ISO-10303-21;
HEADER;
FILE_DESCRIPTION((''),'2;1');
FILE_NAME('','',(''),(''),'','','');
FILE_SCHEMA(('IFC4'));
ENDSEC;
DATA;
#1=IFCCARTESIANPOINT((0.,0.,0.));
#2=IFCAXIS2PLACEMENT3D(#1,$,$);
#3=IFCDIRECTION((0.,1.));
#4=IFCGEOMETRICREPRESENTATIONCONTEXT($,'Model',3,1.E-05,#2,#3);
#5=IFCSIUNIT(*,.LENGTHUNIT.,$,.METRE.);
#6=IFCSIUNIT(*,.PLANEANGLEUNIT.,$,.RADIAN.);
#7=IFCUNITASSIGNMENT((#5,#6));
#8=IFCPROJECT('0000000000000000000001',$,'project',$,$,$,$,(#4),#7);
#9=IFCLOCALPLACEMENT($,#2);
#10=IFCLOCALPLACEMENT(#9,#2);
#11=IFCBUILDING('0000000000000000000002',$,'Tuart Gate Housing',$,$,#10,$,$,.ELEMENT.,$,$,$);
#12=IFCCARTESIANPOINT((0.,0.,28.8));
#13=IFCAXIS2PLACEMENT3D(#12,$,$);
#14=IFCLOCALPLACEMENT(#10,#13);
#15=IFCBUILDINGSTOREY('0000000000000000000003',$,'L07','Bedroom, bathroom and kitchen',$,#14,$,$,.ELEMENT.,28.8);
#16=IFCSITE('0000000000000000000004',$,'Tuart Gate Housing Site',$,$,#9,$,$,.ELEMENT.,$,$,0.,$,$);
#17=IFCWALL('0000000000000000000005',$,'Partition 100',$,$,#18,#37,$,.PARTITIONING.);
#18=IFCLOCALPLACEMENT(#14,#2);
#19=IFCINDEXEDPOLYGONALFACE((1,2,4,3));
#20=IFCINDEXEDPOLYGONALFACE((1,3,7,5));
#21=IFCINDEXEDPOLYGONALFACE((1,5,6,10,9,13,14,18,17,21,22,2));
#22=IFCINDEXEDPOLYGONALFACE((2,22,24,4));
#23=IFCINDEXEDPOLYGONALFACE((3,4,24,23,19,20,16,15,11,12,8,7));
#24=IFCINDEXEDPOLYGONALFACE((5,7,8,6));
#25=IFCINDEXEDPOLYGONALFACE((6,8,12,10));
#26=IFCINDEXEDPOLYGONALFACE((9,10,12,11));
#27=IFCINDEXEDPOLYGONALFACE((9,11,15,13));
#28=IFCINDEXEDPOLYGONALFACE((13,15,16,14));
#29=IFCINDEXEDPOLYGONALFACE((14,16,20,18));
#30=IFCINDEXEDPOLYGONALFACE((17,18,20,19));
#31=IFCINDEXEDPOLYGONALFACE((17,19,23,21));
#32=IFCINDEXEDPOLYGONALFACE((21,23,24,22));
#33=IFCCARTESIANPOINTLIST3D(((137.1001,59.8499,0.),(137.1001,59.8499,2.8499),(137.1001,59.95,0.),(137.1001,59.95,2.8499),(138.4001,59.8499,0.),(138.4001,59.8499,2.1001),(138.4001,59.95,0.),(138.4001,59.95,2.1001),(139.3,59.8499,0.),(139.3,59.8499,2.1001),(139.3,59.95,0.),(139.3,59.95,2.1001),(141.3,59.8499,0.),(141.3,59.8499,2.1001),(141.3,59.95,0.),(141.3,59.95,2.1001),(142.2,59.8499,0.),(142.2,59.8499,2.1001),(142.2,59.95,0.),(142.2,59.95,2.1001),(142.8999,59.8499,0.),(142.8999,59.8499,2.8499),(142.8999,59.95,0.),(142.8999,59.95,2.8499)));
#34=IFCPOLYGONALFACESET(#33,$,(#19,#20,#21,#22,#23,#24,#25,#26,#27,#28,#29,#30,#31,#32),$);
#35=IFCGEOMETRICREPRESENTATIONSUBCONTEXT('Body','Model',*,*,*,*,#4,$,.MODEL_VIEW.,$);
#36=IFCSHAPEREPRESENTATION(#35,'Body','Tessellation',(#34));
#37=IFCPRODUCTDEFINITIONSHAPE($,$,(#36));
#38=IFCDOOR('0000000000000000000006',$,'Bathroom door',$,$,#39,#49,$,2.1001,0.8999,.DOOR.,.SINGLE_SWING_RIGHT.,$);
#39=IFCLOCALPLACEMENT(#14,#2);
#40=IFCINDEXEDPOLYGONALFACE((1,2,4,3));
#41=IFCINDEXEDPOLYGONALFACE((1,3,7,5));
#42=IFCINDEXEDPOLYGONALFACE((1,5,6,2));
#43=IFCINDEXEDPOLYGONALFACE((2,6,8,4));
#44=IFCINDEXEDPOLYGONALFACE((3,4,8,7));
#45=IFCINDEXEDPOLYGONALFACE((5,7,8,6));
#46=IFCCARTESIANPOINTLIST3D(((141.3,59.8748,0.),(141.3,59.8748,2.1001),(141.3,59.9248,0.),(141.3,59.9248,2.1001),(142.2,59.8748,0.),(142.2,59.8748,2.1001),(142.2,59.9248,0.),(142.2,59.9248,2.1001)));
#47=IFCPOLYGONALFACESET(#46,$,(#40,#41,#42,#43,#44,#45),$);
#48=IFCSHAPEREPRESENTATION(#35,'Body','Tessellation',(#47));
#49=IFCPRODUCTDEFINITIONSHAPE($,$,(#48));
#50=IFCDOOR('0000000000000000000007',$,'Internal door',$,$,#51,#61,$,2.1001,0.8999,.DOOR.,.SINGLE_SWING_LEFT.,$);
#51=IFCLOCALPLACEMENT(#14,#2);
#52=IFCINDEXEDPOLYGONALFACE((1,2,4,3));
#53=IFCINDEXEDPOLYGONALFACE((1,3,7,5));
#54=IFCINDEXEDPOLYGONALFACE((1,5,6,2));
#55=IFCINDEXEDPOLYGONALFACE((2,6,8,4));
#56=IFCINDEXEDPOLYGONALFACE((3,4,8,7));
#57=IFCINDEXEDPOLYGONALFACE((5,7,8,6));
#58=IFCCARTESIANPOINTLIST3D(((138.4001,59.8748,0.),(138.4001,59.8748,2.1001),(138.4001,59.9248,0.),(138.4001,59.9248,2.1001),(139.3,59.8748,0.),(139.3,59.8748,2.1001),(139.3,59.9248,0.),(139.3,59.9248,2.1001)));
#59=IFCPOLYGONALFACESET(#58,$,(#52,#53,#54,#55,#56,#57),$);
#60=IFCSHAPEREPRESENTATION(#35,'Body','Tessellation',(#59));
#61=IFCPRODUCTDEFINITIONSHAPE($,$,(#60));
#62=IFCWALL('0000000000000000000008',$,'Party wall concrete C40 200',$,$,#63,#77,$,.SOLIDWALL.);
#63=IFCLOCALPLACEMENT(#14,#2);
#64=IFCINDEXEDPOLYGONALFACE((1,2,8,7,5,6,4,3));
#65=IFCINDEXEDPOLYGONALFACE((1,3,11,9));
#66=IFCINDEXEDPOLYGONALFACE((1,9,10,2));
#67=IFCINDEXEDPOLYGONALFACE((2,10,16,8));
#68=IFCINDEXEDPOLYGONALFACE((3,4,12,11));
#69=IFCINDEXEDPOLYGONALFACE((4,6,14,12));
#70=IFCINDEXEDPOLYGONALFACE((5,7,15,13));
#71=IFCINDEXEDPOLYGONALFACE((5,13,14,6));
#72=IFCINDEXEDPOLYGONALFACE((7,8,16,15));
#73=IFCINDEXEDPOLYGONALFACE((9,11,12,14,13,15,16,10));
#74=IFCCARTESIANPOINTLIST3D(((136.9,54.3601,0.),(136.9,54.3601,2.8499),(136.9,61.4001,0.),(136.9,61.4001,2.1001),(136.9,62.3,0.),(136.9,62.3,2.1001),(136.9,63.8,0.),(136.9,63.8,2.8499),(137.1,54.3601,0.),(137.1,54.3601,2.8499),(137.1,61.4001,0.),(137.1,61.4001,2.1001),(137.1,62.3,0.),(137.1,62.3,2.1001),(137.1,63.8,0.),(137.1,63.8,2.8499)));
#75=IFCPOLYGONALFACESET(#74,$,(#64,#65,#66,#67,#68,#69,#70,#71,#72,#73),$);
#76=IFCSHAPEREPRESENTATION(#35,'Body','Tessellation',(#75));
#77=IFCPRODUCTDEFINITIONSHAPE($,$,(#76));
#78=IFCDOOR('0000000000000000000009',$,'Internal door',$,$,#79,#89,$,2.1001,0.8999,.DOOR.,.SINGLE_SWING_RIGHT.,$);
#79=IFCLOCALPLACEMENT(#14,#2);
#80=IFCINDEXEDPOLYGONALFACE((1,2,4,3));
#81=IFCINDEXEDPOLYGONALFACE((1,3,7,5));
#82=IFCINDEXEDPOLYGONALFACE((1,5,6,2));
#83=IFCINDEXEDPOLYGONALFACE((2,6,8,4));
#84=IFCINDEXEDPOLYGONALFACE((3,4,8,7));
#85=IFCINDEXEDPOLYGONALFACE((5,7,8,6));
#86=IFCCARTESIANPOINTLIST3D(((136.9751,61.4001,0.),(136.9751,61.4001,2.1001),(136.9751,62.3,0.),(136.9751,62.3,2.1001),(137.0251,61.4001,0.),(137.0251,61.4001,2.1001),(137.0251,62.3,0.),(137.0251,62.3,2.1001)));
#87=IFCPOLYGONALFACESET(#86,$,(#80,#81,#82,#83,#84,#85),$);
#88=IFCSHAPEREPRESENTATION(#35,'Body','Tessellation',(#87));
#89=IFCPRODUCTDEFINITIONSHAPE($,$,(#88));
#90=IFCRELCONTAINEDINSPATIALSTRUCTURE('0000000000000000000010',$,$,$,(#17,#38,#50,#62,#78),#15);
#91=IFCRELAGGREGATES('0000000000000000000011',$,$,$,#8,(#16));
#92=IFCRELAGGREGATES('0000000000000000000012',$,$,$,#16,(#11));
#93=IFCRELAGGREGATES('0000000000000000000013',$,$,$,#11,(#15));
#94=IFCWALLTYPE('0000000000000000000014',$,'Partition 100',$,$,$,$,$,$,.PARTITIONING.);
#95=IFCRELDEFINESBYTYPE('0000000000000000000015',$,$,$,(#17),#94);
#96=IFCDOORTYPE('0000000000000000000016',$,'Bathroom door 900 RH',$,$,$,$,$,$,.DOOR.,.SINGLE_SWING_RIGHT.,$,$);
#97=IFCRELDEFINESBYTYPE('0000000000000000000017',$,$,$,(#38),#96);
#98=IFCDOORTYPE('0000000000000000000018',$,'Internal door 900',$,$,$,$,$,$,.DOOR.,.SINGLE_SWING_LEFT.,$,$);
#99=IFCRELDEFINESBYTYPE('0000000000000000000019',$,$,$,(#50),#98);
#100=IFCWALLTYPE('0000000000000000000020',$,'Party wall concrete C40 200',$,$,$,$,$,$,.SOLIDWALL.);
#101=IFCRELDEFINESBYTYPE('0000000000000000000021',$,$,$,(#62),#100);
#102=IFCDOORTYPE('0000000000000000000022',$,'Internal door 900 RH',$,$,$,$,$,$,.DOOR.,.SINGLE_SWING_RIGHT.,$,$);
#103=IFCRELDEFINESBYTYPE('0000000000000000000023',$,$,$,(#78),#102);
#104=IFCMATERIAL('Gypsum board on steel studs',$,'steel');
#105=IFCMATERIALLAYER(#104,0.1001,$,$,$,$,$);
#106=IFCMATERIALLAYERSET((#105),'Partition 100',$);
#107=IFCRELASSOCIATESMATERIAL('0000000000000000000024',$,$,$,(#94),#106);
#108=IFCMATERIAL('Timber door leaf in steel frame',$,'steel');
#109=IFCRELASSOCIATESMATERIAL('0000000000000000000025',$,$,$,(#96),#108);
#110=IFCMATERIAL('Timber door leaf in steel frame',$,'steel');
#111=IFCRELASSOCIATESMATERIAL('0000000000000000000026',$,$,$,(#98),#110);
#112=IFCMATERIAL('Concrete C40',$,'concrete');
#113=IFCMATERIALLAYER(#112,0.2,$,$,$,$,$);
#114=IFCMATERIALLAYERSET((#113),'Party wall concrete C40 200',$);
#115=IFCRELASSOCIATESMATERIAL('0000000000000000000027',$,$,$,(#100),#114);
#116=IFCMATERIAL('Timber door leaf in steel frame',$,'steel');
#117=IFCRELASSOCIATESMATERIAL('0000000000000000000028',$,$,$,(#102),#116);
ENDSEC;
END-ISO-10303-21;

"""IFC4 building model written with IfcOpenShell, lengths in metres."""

from ifc_helpers import new_model, si_unit, direction, frame, frame_2d, origin, place, context, subcontext, project, spatial, rectangle, extrude, material, layer, layer_set, type_object, element, fill, save


model = new_model("IFC4")

# Units and contexts
model_context = context("Model", 3, precision=1e-05, world=origin(), true_north=direction((0.0, 1.0)))
body_context = subcontext(model_context, "Body", "Model", "MODEL_VIEW")
ifc_project = project(units=[si_unit("LENGTHUNIT", "METRE"), si_unit("PLANEANGLEUNIT", "RADIAN")], contexts=[model_context])

# Site, building, storey
site_placement = place(None, origin())
site = spatial("IfcSite", under=ifc_project, at=site_placement, Name="Tuart Gate Housing Site", CompositionType="ELEMENT", RefElevation=0.0)
building_placement = place(site_placement, origin())
building = spatial("IfcBuilding", under=site, at=building_placement, Name="Tuart Gate Housing", CompositionType="ELEMENT")
storey_placement = place(building_placement, frame((0.0, 0.0, 28.8)))
storey = spatial("IfcBuildingStorey", under=building, at=storey_placement, Name="L07", Description="Bedroom, bathroom and kitchen", CompositionType="ELEMENT", Elevation=28.8)

# Wall, openings, doors
ifc_material_1 = material(Name="Gypsum board on steel studs", Category="steel")
ifc_layer_1 = layer(ifc_material_1, 0.1001)
ifc_layer_set_1 = layer_set([ifc_layer_1], Name="Partition 100")
wall_type_1 = type_object("IfcWallType", Name="Partition 100", PredefinedType="PARTITIONING", material=ifc_layer_set_1)
wall_1_placement = place(storey_placement, frame((137.1001, 59.8999, 0.0), z_axis=(0.0, 0.0, 1.0), x_axis=(1.0, 0.0, 0.0)))
wall_1 = element("IfcWall", 1, at=wall_1_placement, inside=storey, type_object=wall_type_1, Name="Partition 100", PredefinedType="PARTITIONING", context=body_context, shape_type="SweptSolid", body=[
    extrude(rectangle(XDim=5.7998, YDim=0.1001, at=frame_2d((2.8999, 0.0))), origin(), (0.0, 0.0, 1.0), 2.8499),
])
opening_1_placement = place(wall_1_placement, frame((1.3, 0.0, 0.0)))
opening_1 = element("IfcOpeningElement", 2, at=opening_1_placement, cuts=wall_1, PredefinedType="OPENING", context=body_context, shape_type="SweptSolid", body=[
    extrude(rectangle(XDim=0.8999, YDim=2.1001, at=frame_2d((0.45, 1.05))), frame((0.0, 0.0601, 0.0), z_axis=(0.0, -1.0, 0.0), x_axis=(1.0, 0.0, 0.0)), (0.0, 0.0, 1.0), 0.1201),
])
opening_2_placement = place(wall_1_placement, frame((4.2, 0.0, 0.0)))
opening_2 = element("IfcOpeningElement", 3, at=opening_2_placement, cuts=wall_1, PredefinedType="OPENING", context=body_context, shape_type="SweptSolid", body=[
    extrude(rectangle(XDim=0.8999, YDim=2.1001, at=frame_2d((0.45, 1.05))), frame((0.0, 0.0601, 0.0), z_axis=(0.0, -1.0, 0.0), x_axis=(1.0, 0.0, 0.0)), (0.0, 0.0, 1.0), 0.1201),
])
ifc_material_2 = material(Name="Timber door leaf in steel frame", Category="steel")
door_type_1 = type_object("IfcDoorType", Name="Bathroom door 900 RH", OperationType="SINGLE_SWING_RIGHT", PredefinedType="DOOR", material=ifc_material_2)
door_1_placement = place(opening_2_placement, frame((0.8999, 0.0, 0.0), z_axis=(0.0, 0.0, 1.0), x_axis=(-1.0, 0.0, 0.0)))
door_1 = element("IfcDoor", 4, at=door_1_placement, inside=storey, type_object=door_type_1, Name="Bathroom door", OperationType="SINGLE_SWING_RIGHT", OverallHeight=2.1001, OverallWidth=0.8999, PredefinedType="DOOR", context=body_context, shape_type="SweptSolid", body=[
    extrude(rectangle(XDim=0.8999, YDim=2.1001, at=frame_2d((0.45, 1.05))), frame((0.0, 0.0251, 0.0), z_axis=(0.0, -1.0, 0.0), x_axis=(1.0, 0.0, 0.0)), (0.0, 0.0, 1.0), 0.05),
])
fill(opening_2, door_1)
ifc_material_3 = material(Name="Timber door leaf in steel frame", Category="steel")
door_type_2 = type_object("IfcDoorType", Name="Internal door 900", OperationType="SINGLE_SWING_LEFT", PredefinedType="DOOR", material=ifc_material_3)
door_2_placement = place(opening_1_placement, frame((0.8999, 0.0, 0.0), z_axis=(0.0, 0.0, 1.0), x_axis=(-1.0, 0.0, 0.0)))
door_2 = element("IfcDoor", 5, at=door_2_placement, inside=storey, type_object=door_type_2, Name="Internal door", OperationType="SINGLE_SWING_LEFT", OverallHeight=2.1001, OverallWidth=0.8999, PredefinedType="DOOR", context=body_context, shape_type="SweptSolid", body=[
    extrude(rectangle(XDim=0.8999, YDim=2.1001, at=frame_2d((0.45, 1.05))), frame((0.0, 0.0251, 0.0), z_axis=(0.0, -1.0, 0.0), x_axis=(1.0, 0.0, 0.0)), (0.0, 0.0, 1.0), 0.05),
])
fill(opening_1, door_2)

# Wall, opening, door
ifc_material_4 = material(Name="Concrete C40", Category="concrete")
ifc_layer_2 = layer(ifc_material_4, 0.2)
ifc_layer_set_2 = layer_set([ifc_layer_2], Name="Party wall concrete C40 200")
wall_type_2 = type_object("IfcWallType", Name="Party wall concrete C40 200", PredefinedType="SOLIDWALL", material=ifc_layer_set_2)
wall_2_placement = place(storey_placement, frame((137.0, 54.3601, 0.0), z_axis=(0.0, 0.0, 1.0), x_axis=(0.0, 1.0, 0.0)))
wall_2 = element("IfcWall", 6, at=wall_2_placement, inside=storey, type_object=wall_type_2, Name="Party wall concrete C40 200", PredefinedType="SOLIDWALL", context=body_context, shape_type="SweptSolid", body=[
    extrude(rectangle(XDim=9.4399, YDim=0.2, at=frame_2d((4.72, 0.0))), origin(), (0.0, 0.0, 1.0), 2.8499),
])
opening_3_placement = place(wall_2_placement, frame((7.04, 0.0, 0.0)))
opening_3 = element("IfcOpeningElement", 7, at=opening_3_placement, cuts=wall_2, PredefinedType="OPENING", context=body_context, shape_type="SweptSolid", body=[
    extrude(rectangle(XDim=0.8999, YDim=2.1001, at=frame_2d((0.45, 1.05))), frame((0.0, 0.1099, 0.0), z_axis=(0.0, -1.0, 0.0), x_axis=(1.0, 0.0, 0.0)), (0.0, 0.0, 1.0), 0.22),
])
ifc_material_5 = material(Name="Timber door leaf in steel frame", Category="steel")
door_type_3 = type_object("IfcDoorType", Name="Internal door 900 RH", OperationType="SINGLE_SWING_RIGHT", PredefinedType="DOOR", material=ifc_material_5)
door_3_placement = place(opening_3_placement, frame((0.8999, 0.0, 0.0), z_axis=(0.0, 0.0, 1.0), x_axis=(-1.0, 0.0, 0.0)))
door_3 = element("IfcDoor", 8, at=door_3_placement, inside=storey, type_object=door_type_3, Name="Internal door", OperationType="SINGLE_SWING_RIGHT", OverallHeight=2.1001, OverallWidth=0.8999, PredefinedType="DOOR", context=body_context, shape_type="SweptSolid", body=[
    extrude(rectangle(XDim=0.8999, YDim=2.1001, at=frame_2d((0.45, 1.05))), frame((0.0, 0.0251, 0.0), z_axis=(0.0, -1.0, 0.0), x_axis=(1.0, 0.0, 0.0)), (0.0, 0.0, 1.0), 0.05),
])
fill(opening_3, door_3)

save(model, "model.ifc")
